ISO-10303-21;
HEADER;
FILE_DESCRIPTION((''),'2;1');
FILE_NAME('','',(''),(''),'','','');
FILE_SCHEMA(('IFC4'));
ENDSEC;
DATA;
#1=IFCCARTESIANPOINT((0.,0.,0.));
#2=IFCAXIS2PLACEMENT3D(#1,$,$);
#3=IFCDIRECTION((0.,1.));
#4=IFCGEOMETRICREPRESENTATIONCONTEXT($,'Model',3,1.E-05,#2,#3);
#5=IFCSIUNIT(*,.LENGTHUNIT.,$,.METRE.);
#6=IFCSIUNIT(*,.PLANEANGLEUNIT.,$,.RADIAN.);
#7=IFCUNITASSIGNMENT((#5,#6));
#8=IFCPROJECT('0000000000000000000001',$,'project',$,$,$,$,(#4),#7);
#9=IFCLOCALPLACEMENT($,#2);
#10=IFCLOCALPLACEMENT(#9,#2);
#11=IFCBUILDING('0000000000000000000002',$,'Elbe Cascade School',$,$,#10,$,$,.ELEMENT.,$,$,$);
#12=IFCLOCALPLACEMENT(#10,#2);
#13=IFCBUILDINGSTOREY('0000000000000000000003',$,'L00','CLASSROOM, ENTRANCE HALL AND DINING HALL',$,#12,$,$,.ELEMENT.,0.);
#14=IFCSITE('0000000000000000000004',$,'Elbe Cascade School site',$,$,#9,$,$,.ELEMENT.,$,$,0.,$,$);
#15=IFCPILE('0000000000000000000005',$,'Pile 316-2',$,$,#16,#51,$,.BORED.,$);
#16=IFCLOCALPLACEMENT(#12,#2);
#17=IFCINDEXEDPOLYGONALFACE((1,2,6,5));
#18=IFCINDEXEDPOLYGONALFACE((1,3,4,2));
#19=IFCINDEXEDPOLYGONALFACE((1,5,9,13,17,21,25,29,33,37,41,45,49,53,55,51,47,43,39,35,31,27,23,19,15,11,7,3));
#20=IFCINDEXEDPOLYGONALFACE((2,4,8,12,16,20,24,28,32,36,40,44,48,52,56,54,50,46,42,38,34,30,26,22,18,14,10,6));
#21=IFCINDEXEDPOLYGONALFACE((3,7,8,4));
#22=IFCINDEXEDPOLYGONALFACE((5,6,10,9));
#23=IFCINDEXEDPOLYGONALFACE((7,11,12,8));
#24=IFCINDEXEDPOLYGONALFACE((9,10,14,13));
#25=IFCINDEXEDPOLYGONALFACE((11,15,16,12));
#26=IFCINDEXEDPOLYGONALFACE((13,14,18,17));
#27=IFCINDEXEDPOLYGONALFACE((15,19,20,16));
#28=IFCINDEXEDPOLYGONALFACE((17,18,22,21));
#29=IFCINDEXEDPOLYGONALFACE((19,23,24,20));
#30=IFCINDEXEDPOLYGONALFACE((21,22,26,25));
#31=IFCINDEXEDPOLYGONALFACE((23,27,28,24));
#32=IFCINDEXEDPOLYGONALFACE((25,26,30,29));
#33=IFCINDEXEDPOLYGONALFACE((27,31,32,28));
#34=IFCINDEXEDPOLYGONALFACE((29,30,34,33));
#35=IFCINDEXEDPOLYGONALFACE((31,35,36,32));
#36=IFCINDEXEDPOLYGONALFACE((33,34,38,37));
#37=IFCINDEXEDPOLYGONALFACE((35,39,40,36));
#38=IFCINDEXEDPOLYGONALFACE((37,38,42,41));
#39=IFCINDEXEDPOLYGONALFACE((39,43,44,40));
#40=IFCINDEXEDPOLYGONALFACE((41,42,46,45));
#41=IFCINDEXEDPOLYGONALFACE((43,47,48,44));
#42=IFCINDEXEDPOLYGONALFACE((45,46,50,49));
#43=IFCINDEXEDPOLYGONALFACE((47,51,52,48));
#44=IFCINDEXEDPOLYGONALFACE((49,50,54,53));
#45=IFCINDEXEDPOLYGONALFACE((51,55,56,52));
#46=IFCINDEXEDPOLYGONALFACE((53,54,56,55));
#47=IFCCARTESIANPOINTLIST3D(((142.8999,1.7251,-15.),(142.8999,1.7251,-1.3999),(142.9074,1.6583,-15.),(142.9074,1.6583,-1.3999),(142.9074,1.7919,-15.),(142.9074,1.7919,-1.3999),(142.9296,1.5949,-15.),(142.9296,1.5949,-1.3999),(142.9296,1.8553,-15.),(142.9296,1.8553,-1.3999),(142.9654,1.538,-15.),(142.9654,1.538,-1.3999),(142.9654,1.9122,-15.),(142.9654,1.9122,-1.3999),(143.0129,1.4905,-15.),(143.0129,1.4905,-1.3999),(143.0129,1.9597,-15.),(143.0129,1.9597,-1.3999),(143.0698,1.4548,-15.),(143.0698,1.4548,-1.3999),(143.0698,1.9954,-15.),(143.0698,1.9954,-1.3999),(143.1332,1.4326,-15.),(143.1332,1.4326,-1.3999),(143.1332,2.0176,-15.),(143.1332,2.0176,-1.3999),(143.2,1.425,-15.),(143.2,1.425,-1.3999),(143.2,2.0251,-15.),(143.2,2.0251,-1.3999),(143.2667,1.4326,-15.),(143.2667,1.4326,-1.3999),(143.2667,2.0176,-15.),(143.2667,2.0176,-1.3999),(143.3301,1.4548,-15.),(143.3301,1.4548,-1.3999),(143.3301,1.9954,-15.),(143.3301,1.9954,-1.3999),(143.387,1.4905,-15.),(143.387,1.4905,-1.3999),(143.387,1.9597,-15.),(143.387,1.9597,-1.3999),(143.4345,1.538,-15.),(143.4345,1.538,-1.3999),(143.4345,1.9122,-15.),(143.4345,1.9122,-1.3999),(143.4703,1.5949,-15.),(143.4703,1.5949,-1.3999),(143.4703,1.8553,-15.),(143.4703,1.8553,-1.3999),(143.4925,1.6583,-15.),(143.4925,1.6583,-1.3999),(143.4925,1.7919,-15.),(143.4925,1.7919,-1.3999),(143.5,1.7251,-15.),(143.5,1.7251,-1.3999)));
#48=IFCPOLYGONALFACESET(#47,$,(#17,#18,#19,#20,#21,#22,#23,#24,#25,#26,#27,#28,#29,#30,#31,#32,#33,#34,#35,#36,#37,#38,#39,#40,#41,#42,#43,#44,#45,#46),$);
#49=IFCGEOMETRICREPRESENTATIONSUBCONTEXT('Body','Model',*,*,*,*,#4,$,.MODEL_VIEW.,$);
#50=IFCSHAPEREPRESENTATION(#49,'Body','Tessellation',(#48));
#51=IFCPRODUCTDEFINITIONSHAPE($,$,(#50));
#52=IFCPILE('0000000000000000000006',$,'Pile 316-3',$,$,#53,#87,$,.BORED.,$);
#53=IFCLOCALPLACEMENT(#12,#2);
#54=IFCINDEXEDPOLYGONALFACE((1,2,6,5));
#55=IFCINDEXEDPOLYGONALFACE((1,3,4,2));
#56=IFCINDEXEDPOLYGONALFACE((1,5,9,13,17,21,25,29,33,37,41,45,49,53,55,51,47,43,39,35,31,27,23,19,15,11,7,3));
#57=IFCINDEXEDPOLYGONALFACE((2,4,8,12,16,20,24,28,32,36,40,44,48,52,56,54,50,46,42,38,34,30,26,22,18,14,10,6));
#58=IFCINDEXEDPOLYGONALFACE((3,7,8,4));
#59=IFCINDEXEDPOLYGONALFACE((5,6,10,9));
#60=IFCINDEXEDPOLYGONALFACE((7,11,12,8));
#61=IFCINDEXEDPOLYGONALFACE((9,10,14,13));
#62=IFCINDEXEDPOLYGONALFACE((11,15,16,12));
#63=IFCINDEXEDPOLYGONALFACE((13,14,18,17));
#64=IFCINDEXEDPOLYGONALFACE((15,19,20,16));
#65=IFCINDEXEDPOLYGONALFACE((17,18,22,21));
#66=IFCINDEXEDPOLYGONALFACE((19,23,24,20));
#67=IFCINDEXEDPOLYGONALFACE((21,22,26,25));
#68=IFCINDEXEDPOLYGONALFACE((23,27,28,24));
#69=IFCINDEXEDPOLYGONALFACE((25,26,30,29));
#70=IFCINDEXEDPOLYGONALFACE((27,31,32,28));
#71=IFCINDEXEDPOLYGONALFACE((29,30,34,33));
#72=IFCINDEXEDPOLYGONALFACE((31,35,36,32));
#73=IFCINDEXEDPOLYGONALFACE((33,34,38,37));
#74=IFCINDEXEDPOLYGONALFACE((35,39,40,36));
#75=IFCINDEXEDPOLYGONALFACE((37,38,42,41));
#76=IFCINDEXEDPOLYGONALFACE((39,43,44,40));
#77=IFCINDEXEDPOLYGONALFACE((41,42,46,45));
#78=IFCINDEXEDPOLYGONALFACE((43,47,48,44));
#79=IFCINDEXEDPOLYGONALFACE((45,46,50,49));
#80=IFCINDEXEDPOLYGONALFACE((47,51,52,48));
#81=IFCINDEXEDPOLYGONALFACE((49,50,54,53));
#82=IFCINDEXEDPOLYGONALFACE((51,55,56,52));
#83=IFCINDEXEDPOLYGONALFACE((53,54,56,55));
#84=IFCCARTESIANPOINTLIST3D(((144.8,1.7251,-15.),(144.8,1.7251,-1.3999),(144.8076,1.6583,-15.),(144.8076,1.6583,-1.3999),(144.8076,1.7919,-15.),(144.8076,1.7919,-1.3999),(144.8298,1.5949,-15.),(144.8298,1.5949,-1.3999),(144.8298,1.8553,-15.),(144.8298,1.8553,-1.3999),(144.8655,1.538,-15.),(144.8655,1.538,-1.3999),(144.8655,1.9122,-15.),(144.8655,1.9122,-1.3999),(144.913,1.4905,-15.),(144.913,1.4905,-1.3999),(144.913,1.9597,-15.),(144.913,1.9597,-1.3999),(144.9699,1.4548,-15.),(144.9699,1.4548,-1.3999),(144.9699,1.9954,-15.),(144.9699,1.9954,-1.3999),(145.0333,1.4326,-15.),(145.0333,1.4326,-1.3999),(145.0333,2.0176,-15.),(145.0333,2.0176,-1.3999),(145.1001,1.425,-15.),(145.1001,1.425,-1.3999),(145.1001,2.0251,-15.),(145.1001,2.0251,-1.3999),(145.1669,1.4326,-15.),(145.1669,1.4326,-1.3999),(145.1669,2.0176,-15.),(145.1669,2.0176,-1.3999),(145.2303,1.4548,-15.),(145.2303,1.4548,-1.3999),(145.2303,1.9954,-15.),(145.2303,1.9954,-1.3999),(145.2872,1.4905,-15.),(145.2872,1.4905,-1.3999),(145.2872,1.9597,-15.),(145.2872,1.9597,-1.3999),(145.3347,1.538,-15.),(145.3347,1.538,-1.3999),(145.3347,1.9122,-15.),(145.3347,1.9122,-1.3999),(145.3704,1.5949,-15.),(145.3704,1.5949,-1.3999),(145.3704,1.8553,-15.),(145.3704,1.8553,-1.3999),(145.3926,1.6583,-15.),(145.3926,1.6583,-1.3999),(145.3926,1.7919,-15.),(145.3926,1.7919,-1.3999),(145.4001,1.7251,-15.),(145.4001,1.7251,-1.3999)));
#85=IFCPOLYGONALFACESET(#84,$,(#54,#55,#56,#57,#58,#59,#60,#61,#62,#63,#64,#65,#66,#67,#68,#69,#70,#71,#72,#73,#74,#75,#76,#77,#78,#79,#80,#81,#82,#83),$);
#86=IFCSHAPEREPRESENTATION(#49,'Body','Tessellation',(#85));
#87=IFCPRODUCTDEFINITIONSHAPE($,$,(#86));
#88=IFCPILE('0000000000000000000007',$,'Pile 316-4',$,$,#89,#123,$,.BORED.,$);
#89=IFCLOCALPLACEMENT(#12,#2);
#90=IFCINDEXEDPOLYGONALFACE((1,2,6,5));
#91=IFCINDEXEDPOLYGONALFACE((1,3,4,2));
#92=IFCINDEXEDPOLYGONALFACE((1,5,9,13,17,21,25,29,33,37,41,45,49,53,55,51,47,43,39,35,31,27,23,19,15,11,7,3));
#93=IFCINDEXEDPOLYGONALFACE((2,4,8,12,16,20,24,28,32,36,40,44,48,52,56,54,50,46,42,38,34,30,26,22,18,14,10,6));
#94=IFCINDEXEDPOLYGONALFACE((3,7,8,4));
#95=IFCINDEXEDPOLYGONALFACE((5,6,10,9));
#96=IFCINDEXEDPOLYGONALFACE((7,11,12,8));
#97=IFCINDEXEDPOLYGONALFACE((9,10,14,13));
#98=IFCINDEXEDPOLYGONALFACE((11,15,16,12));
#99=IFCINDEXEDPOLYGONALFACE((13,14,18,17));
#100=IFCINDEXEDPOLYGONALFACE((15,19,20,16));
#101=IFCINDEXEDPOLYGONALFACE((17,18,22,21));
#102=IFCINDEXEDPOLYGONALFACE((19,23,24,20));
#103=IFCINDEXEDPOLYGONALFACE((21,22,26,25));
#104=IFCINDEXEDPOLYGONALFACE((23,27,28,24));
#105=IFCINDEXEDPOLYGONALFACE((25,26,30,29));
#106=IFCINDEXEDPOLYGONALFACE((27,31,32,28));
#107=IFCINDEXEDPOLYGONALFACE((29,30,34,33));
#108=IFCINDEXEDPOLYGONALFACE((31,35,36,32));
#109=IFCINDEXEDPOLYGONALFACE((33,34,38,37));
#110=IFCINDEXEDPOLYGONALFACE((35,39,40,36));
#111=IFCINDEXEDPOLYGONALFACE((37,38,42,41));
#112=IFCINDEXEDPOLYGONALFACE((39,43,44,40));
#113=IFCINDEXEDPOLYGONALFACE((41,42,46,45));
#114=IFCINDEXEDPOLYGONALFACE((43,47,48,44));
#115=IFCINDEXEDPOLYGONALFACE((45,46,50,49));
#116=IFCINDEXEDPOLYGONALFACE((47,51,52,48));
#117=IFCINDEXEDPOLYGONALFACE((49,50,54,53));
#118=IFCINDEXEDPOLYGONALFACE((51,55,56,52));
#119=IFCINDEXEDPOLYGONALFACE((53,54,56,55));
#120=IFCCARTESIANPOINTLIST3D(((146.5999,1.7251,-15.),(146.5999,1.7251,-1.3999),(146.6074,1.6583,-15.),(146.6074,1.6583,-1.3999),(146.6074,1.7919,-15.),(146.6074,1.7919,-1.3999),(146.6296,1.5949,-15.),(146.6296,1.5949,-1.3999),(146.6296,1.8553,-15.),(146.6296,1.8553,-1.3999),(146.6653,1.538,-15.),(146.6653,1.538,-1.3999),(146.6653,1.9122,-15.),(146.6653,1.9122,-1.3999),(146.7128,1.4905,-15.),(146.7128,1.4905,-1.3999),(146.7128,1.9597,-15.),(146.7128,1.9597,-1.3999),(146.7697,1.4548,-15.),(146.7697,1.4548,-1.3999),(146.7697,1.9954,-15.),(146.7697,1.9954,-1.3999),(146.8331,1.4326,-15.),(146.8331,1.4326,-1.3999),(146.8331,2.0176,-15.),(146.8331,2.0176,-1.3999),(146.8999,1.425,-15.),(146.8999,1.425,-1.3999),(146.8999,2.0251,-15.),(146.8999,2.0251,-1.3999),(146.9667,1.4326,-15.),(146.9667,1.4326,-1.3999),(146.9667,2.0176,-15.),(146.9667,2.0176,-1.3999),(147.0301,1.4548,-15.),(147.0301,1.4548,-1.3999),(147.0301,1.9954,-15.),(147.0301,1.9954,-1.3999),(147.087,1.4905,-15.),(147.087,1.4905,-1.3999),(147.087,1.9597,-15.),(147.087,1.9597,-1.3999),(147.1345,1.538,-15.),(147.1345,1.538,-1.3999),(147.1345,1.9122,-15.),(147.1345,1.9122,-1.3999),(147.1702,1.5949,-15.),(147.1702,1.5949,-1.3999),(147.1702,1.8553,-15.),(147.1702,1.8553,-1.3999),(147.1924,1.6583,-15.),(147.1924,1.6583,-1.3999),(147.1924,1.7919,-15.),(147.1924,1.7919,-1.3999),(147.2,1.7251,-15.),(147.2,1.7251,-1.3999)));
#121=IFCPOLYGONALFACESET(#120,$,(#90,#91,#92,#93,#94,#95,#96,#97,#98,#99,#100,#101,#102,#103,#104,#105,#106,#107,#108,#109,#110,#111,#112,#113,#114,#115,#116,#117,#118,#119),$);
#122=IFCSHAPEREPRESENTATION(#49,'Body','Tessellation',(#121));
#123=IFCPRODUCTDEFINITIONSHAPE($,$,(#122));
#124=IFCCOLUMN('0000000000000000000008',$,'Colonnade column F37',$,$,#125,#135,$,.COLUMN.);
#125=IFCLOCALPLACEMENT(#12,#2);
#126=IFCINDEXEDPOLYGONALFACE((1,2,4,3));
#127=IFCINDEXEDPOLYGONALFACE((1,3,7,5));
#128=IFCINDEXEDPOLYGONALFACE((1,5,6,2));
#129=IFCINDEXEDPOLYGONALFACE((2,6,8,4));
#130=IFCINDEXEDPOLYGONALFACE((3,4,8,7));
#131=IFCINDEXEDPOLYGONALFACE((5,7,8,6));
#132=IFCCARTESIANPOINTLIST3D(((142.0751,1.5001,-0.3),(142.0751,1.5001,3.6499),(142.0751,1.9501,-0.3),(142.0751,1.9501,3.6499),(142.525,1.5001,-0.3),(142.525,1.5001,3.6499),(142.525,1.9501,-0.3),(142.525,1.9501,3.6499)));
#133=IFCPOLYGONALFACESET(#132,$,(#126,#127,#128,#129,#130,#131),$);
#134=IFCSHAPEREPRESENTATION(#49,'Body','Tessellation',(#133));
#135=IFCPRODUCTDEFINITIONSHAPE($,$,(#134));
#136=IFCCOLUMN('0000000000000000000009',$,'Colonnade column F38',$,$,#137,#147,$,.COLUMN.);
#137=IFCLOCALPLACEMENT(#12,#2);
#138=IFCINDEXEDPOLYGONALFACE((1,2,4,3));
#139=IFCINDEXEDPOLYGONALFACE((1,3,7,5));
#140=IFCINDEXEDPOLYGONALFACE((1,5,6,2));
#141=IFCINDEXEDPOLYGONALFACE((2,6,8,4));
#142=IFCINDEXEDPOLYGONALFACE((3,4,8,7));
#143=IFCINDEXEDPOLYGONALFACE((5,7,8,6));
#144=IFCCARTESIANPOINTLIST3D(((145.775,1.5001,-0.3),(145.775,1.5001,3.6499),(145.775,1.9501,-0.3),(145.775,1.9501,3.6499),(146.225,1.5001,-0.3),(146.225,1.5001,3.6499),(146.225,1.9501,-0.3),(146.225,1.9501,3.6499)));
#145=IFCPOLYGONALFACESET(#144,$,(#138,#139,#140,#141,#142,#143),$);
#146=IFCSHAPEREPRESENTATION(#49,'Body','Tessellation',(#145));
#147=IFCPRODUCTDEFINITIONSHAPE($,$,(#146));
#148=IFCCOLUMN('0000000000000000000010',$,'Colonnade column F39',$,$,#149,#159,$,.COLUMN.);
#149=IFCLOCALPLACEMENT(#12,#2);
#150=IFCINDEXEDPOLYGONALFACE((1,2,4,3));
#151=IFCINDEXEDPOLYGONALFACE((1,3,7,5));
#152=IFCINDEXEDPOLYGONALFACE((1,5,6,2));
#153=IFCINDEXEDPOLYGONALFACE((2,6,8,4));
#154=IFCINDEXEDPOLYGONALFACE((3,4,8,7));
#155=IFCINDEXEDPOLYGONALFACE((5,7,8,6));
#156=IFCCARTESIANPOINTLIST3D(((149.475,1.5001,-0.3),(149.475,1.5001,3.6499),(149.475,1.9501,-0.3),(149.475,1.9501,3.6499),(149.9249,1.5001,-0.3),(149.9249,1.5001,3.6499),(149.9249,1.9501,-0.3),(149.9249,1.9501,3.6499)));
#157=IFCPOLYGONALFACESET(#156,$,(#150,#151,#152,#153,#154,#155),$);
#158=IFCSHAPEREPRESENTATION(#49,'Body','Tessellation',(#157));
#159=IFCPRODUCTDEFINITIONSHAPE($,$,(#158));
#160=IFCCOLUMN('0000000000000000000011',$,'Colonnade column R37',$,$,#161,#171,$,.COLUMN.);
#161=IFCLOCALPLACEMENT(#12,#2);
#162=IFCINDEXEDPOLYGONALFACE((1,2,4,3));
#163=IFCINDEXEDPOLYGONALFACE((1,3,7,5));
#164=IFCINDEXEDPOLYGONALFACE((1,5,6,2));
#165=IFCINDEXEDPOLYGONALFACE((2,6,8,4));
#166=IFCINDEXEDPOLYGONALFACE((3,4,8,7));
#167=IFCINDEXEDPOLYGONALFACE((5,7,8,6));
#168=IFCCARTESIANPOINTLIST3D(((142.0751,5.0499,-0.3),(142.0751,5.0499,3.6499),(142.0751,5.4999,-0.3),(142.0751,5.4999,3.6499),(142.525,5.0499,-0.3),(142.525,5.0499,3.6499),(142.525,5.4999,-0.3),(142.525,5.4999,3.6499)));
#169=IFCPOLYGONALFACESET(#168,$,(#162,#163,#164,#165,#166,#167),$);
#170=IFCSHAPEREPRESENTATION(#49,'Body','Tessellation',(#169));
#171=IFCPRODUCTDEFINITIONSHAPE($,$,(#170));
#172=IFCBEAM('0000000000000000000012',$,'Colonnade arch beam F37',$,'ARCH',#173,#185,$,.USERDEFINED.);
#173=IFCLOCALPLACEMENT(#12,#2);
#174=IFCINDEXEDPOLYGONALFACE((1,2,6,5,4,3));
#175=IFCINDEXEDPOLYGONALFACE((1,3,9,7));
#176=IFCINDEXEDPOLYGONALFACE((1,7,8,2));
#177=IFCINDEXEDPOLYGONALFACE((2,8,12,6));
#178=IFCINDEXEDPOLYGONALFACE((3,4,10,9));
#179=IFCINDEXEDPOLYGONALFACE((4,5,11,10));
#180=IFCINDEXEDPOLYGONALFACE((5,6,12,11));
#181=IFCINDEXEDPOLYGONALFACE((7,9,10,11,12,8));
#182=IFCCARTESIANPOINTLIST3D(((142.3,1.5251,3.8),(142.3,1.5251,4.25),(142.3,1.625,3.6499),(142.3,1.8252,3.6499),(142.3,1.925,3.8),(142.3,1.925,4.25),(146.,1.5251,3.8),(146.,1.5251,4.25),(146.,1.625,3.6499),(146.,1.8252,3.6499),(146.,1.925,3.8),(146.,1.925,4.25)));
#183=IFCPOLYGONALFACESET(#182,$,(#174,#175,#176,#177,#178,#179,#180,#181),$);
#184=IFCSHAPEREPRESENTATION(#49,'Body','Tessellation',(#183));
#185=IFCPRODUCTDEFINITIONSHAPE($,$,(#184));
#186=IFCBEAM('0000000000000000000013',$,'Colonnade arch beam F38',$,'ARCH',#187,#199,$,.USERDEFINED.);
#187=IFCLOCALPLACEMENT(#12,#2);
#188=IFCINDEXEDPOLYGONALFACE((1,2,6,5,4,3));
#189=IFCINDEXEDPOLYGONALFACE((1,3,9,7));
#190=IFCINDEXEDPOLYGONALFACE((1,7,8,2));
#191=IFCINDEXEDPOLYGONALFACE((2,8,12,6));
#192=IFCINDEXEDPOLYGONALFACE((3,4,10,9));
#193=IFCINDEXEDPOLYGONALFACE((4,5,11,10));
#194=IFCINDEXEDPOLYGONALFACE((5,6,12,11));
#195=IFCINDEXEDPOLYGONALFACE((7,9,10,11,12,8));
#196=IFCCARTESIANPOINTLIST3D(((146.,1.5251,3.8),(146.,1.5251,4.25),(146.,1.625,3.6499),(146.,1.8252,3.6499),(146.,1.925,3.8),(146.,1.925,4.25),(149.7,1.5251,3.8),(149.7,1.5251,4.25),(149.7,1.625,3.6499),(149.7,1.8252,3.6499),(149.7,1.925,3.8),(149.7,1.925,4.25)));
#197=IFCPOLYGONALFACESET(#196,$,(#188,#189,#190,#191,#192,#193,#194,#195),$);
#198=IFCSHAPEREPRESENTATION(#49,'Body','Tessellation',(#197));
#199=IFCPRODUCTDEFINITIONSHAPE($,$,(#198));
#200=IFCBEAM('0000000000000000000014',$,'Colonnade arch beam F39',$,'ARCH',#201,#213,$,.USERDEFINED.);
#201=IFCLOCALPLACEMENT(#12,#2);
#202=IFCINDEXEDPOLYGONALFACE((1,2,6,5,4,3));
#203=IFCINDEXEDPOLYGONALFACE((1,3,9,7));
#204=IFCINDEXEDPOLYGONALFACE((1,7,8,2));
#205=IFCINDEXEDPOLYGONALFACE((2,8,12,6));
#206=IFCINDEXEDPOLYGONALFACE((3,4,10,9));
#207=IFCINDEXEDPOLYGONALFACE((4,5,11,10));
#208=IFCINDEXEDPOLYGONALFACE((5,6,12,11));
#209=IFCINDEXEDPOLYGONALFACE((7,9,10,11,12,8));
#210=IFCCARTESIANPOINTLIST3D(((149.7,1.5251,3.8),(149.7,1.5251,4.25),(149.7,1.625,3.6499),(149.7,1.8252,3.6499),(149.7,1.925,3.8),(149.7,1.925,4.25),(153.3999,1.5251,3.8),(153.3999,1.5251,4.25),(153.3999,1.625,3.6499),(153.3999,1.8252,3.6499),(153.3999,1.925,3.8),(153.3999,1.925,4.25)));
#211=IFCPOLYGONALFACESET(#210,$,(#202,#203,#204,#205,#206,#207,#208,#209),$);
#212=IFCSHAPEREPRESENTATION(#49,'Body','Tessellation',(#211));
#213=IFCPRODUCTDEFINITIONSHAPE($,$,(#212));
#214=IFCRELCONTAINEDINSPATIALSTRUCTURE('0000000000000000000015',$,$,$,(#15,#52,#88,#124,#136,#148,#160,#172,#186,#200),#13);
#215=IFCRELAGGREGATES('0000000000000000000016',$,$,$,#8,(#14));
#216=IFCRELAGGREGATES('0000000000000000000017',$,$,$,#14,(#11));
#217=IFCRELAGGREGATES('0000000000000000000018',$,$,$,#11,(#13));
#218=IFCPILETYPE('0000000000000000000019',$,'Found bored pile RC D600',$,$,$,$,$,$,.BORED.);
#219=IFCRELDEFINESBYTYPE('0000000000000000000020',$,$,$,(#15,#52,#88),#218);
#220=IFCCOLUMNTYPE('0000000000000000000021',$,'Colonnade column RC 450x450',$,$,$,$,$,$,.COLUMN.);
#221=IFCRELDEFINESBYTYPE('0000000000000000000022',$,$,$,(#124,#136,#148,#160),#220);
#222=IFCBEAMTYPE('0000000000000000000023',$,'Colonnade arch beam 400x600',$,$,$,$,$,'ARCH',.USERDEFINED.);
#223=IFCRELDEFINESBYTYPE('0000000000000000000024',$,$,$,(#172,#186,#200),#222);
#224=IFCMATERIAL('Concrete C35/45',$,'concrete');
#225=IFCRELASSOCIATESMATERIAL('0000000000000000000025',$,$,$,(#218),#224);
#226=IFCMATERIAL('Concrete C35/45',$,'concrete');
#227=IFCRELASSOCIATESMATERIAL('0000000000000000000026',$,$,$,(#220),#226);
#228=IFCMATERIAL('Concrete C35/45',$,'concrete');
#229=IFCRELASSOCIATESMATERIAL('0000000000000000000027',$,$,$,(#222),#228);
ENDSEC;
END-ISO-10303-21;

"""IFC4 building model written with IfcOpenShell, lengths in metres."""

from ifc_helpers import new_model, si_unit, direction, frame, origin, origin_2d, place, context, subcontext, project, spatial, polyline, rectangle, circle, outline, extrude, material, material_profile, profile_set, type_object, element, save


model = new_model("IFC4")

# Units and contexts
model_context = context("Model", 3, precision=1e-05, world=origin(), true_north=direction((0.0, 1.0)))
body_context = subcontext(model_context, "Body", "Model", "MODEL_VIEW")
ifc_project = project(units=[si_unit("LENGTHUNIT", "METRE"), si_unit("PLANEANGLEUNIT", "RADIAN")], contexts=[model_context])

# Site, building, storey
site_placement = place(None, origin())
site = spatial("IfcSite", under=ifc_project, at=site_placement, Name="Elbe Cascade School site", CompositionType="ELEMENT", RefElevation=0.0)
building_placement = place(site_placement, origin())
building = spatial("IfcBuilding", under=site, at=building_placement, Name="Elbe Cascade School", CompositionType="ELEMENT")
storey_placement = place(building_placement, origin())
storey = spatial("IfcBuildingStorey", under=building, at=storey_placement, Name="L00", Description="CLASSROOM, ENTRANCE HALL AND DINING HALL", CompositionType="ELEMENT", Elevation=0.0)

# Piles
ifc_material_1 = material(Name="Concrete C35/45", Category="concrete")
ifc_material_profile_1 = material_profile(ifc_material_1, circle(Radius=0.3, at=origin_2d()), Name="RC D600")
ifc_profile_set_1 = profile_set([ifc_material_profile_1], Name="Concrete C35/45")
pile_type = type_object("IfcPileType", Name="Found bored pile RC D600", PredefinedType="BORED", material=ifc_profile_set_1)
for number, where, z_axis, x_axis, name in (
    (1, (143.2, 1.7251, -1.3999), (0.0, 0.0, -1.0), (1.0, 0.0, 0.0), "Pile 316-2"),
    (2, (145.1001, 1.7251, -1.3999), (0.0, 0.0, -1.0), (1.0, 0.0, 0.0), "Pile 316-3"),
    (3, (146.8999, 1.7251, -1.3999), (0.0, 0.0, -1.0), (1.0, 0.0, 0.0), "Pile 316-4"),
):
    element("IfcPile", number, at=place(storey_placement, frame(where, z_axis=z_axis, x_axis=x_axis)), inside=storey, type_object=pile_type, Name=name, PredefinedType="BORED", context=body_context, shape_type="SweptSolid", body=[
        extrude(circle(Radius=0.3, at=origin_2d()), origin(), (0.0, 0.0, 1.0), 13.6001),
    ])

# Columns
ifc_material_2 = material(Name="Concrete C35/45", Category="concrete")
ifc_material_profile_2 = material_profile(ifc_material_2, rectangle(XDim=0.45, YDim=0.45, at=origin_2d()), Name="RC 450x450")
ifc_profile_set_2 = profile_set([ifc_material_profile_2], Name="Concrete C35/45")
column_type = type_object("IfcColumnType", Name="Colonnade column RC 450x450", PredefinedType="COLUMN", material=ifc_profile_set_2)
for number, where, z_axis, x_axis, name in (
    (4, (142.3, 1.7251, -0.3), (0.0, 0.0, 1.0), (1.0, 0.0, 0.0), "Colonnade column F37"),
    (5, (146.0, 1.7251, -0.3), (0.0, 0.0, 1.0), (1.0, 0.0, 0.0), "Colonnade column F38"),
    (6, (149.7, 1.7251, -0.3), (0.0, 0.0, 1.0), (1.0, 0.0, 0.0), "Colonnade column F39"),
    (7, (142.3, 5.2749, -0.3), (0.0, 0.0, 1.0), (1.0, 0.0, 0.0), "Colonnade column R37"),
):
    element("IfcColumn", number, at=place(storey_placement, frame(where, z_axis=z_axis, x_axis=x_axis)), inside=storey, type_object=column_type, Name=name, PredefinedType="COLUMN", context=body_context, shape_type="SweptSolid", body=[
        extrude(rectangle(XDim=0.45, YDim=0.45, at=origin_2d()), origin(), (0.0, 0.0, 1.0), 3.95),
    ])

# Beams
ifc_material_3 = material(Name="Concrete C35/45", Category="concrete")
ifc_material_profile_3 = material_profile(ifc_material_3, outline(polyline([(-0.2, 0.3), (0.2, 0.3), (0.2, -0.1499), (0.1001, -0.3), (-0.1001, -0.3), (-0.2, -0.1499), (-0.2, 0.3)])), Name="RC arch 400x600")
ifc_profile_set_3 = profile_set([ifc_material_profile_3], Name="Concrete C35/45")
beam_type_1 = type_object("IfcBeamType", Name="Colonnade arch beam 400x600", ElementType="ARCH", PredefinedType="USERDEFINED", material=ifc_profile_set_3)
for number, where, z_axis, x_axis, name in (
    (8, (142.3, 1.7251, 3.95), (1.0, 0.0, 0.0), (0.0, 1.0, 0.0), "Colonnade arch beam F37"),
    (9, (146.0, 1.7251, 3.95), (1.0, 0.0, 0.0), (0.0, 1.0, 0.0), "Colonnade arch beam F38"),
    (10, (149.7, 1.7251, 3.95), (1.0, 0.0, 0.0), (0.0, 1.0, 0.0), "Colonnade arch beam F39"),
):
    element("IfcBeam", number, at=place(storey_placement, frame(where, z_axis=z_axis, x_axis=x_axis)), inside=storey, type_object=beam_type_1, Name=name, ObjectType="ARCH", PredefinedType="USERDEFINED", context=body_context, shape_type="SweptSolid", body=[
        extrude(outline(polyline([(-0.2, 0.3), (0.2, 0.3), (0.2, -0.1499), (0.1001, -0.3), (-0.1001, -0.3), (-0.2, -0.1499), (-0.2, 0.3)])), origin(), (0.0, 0.0, 1.0), 3.7),
    ])

save(model, "model.ifc")
